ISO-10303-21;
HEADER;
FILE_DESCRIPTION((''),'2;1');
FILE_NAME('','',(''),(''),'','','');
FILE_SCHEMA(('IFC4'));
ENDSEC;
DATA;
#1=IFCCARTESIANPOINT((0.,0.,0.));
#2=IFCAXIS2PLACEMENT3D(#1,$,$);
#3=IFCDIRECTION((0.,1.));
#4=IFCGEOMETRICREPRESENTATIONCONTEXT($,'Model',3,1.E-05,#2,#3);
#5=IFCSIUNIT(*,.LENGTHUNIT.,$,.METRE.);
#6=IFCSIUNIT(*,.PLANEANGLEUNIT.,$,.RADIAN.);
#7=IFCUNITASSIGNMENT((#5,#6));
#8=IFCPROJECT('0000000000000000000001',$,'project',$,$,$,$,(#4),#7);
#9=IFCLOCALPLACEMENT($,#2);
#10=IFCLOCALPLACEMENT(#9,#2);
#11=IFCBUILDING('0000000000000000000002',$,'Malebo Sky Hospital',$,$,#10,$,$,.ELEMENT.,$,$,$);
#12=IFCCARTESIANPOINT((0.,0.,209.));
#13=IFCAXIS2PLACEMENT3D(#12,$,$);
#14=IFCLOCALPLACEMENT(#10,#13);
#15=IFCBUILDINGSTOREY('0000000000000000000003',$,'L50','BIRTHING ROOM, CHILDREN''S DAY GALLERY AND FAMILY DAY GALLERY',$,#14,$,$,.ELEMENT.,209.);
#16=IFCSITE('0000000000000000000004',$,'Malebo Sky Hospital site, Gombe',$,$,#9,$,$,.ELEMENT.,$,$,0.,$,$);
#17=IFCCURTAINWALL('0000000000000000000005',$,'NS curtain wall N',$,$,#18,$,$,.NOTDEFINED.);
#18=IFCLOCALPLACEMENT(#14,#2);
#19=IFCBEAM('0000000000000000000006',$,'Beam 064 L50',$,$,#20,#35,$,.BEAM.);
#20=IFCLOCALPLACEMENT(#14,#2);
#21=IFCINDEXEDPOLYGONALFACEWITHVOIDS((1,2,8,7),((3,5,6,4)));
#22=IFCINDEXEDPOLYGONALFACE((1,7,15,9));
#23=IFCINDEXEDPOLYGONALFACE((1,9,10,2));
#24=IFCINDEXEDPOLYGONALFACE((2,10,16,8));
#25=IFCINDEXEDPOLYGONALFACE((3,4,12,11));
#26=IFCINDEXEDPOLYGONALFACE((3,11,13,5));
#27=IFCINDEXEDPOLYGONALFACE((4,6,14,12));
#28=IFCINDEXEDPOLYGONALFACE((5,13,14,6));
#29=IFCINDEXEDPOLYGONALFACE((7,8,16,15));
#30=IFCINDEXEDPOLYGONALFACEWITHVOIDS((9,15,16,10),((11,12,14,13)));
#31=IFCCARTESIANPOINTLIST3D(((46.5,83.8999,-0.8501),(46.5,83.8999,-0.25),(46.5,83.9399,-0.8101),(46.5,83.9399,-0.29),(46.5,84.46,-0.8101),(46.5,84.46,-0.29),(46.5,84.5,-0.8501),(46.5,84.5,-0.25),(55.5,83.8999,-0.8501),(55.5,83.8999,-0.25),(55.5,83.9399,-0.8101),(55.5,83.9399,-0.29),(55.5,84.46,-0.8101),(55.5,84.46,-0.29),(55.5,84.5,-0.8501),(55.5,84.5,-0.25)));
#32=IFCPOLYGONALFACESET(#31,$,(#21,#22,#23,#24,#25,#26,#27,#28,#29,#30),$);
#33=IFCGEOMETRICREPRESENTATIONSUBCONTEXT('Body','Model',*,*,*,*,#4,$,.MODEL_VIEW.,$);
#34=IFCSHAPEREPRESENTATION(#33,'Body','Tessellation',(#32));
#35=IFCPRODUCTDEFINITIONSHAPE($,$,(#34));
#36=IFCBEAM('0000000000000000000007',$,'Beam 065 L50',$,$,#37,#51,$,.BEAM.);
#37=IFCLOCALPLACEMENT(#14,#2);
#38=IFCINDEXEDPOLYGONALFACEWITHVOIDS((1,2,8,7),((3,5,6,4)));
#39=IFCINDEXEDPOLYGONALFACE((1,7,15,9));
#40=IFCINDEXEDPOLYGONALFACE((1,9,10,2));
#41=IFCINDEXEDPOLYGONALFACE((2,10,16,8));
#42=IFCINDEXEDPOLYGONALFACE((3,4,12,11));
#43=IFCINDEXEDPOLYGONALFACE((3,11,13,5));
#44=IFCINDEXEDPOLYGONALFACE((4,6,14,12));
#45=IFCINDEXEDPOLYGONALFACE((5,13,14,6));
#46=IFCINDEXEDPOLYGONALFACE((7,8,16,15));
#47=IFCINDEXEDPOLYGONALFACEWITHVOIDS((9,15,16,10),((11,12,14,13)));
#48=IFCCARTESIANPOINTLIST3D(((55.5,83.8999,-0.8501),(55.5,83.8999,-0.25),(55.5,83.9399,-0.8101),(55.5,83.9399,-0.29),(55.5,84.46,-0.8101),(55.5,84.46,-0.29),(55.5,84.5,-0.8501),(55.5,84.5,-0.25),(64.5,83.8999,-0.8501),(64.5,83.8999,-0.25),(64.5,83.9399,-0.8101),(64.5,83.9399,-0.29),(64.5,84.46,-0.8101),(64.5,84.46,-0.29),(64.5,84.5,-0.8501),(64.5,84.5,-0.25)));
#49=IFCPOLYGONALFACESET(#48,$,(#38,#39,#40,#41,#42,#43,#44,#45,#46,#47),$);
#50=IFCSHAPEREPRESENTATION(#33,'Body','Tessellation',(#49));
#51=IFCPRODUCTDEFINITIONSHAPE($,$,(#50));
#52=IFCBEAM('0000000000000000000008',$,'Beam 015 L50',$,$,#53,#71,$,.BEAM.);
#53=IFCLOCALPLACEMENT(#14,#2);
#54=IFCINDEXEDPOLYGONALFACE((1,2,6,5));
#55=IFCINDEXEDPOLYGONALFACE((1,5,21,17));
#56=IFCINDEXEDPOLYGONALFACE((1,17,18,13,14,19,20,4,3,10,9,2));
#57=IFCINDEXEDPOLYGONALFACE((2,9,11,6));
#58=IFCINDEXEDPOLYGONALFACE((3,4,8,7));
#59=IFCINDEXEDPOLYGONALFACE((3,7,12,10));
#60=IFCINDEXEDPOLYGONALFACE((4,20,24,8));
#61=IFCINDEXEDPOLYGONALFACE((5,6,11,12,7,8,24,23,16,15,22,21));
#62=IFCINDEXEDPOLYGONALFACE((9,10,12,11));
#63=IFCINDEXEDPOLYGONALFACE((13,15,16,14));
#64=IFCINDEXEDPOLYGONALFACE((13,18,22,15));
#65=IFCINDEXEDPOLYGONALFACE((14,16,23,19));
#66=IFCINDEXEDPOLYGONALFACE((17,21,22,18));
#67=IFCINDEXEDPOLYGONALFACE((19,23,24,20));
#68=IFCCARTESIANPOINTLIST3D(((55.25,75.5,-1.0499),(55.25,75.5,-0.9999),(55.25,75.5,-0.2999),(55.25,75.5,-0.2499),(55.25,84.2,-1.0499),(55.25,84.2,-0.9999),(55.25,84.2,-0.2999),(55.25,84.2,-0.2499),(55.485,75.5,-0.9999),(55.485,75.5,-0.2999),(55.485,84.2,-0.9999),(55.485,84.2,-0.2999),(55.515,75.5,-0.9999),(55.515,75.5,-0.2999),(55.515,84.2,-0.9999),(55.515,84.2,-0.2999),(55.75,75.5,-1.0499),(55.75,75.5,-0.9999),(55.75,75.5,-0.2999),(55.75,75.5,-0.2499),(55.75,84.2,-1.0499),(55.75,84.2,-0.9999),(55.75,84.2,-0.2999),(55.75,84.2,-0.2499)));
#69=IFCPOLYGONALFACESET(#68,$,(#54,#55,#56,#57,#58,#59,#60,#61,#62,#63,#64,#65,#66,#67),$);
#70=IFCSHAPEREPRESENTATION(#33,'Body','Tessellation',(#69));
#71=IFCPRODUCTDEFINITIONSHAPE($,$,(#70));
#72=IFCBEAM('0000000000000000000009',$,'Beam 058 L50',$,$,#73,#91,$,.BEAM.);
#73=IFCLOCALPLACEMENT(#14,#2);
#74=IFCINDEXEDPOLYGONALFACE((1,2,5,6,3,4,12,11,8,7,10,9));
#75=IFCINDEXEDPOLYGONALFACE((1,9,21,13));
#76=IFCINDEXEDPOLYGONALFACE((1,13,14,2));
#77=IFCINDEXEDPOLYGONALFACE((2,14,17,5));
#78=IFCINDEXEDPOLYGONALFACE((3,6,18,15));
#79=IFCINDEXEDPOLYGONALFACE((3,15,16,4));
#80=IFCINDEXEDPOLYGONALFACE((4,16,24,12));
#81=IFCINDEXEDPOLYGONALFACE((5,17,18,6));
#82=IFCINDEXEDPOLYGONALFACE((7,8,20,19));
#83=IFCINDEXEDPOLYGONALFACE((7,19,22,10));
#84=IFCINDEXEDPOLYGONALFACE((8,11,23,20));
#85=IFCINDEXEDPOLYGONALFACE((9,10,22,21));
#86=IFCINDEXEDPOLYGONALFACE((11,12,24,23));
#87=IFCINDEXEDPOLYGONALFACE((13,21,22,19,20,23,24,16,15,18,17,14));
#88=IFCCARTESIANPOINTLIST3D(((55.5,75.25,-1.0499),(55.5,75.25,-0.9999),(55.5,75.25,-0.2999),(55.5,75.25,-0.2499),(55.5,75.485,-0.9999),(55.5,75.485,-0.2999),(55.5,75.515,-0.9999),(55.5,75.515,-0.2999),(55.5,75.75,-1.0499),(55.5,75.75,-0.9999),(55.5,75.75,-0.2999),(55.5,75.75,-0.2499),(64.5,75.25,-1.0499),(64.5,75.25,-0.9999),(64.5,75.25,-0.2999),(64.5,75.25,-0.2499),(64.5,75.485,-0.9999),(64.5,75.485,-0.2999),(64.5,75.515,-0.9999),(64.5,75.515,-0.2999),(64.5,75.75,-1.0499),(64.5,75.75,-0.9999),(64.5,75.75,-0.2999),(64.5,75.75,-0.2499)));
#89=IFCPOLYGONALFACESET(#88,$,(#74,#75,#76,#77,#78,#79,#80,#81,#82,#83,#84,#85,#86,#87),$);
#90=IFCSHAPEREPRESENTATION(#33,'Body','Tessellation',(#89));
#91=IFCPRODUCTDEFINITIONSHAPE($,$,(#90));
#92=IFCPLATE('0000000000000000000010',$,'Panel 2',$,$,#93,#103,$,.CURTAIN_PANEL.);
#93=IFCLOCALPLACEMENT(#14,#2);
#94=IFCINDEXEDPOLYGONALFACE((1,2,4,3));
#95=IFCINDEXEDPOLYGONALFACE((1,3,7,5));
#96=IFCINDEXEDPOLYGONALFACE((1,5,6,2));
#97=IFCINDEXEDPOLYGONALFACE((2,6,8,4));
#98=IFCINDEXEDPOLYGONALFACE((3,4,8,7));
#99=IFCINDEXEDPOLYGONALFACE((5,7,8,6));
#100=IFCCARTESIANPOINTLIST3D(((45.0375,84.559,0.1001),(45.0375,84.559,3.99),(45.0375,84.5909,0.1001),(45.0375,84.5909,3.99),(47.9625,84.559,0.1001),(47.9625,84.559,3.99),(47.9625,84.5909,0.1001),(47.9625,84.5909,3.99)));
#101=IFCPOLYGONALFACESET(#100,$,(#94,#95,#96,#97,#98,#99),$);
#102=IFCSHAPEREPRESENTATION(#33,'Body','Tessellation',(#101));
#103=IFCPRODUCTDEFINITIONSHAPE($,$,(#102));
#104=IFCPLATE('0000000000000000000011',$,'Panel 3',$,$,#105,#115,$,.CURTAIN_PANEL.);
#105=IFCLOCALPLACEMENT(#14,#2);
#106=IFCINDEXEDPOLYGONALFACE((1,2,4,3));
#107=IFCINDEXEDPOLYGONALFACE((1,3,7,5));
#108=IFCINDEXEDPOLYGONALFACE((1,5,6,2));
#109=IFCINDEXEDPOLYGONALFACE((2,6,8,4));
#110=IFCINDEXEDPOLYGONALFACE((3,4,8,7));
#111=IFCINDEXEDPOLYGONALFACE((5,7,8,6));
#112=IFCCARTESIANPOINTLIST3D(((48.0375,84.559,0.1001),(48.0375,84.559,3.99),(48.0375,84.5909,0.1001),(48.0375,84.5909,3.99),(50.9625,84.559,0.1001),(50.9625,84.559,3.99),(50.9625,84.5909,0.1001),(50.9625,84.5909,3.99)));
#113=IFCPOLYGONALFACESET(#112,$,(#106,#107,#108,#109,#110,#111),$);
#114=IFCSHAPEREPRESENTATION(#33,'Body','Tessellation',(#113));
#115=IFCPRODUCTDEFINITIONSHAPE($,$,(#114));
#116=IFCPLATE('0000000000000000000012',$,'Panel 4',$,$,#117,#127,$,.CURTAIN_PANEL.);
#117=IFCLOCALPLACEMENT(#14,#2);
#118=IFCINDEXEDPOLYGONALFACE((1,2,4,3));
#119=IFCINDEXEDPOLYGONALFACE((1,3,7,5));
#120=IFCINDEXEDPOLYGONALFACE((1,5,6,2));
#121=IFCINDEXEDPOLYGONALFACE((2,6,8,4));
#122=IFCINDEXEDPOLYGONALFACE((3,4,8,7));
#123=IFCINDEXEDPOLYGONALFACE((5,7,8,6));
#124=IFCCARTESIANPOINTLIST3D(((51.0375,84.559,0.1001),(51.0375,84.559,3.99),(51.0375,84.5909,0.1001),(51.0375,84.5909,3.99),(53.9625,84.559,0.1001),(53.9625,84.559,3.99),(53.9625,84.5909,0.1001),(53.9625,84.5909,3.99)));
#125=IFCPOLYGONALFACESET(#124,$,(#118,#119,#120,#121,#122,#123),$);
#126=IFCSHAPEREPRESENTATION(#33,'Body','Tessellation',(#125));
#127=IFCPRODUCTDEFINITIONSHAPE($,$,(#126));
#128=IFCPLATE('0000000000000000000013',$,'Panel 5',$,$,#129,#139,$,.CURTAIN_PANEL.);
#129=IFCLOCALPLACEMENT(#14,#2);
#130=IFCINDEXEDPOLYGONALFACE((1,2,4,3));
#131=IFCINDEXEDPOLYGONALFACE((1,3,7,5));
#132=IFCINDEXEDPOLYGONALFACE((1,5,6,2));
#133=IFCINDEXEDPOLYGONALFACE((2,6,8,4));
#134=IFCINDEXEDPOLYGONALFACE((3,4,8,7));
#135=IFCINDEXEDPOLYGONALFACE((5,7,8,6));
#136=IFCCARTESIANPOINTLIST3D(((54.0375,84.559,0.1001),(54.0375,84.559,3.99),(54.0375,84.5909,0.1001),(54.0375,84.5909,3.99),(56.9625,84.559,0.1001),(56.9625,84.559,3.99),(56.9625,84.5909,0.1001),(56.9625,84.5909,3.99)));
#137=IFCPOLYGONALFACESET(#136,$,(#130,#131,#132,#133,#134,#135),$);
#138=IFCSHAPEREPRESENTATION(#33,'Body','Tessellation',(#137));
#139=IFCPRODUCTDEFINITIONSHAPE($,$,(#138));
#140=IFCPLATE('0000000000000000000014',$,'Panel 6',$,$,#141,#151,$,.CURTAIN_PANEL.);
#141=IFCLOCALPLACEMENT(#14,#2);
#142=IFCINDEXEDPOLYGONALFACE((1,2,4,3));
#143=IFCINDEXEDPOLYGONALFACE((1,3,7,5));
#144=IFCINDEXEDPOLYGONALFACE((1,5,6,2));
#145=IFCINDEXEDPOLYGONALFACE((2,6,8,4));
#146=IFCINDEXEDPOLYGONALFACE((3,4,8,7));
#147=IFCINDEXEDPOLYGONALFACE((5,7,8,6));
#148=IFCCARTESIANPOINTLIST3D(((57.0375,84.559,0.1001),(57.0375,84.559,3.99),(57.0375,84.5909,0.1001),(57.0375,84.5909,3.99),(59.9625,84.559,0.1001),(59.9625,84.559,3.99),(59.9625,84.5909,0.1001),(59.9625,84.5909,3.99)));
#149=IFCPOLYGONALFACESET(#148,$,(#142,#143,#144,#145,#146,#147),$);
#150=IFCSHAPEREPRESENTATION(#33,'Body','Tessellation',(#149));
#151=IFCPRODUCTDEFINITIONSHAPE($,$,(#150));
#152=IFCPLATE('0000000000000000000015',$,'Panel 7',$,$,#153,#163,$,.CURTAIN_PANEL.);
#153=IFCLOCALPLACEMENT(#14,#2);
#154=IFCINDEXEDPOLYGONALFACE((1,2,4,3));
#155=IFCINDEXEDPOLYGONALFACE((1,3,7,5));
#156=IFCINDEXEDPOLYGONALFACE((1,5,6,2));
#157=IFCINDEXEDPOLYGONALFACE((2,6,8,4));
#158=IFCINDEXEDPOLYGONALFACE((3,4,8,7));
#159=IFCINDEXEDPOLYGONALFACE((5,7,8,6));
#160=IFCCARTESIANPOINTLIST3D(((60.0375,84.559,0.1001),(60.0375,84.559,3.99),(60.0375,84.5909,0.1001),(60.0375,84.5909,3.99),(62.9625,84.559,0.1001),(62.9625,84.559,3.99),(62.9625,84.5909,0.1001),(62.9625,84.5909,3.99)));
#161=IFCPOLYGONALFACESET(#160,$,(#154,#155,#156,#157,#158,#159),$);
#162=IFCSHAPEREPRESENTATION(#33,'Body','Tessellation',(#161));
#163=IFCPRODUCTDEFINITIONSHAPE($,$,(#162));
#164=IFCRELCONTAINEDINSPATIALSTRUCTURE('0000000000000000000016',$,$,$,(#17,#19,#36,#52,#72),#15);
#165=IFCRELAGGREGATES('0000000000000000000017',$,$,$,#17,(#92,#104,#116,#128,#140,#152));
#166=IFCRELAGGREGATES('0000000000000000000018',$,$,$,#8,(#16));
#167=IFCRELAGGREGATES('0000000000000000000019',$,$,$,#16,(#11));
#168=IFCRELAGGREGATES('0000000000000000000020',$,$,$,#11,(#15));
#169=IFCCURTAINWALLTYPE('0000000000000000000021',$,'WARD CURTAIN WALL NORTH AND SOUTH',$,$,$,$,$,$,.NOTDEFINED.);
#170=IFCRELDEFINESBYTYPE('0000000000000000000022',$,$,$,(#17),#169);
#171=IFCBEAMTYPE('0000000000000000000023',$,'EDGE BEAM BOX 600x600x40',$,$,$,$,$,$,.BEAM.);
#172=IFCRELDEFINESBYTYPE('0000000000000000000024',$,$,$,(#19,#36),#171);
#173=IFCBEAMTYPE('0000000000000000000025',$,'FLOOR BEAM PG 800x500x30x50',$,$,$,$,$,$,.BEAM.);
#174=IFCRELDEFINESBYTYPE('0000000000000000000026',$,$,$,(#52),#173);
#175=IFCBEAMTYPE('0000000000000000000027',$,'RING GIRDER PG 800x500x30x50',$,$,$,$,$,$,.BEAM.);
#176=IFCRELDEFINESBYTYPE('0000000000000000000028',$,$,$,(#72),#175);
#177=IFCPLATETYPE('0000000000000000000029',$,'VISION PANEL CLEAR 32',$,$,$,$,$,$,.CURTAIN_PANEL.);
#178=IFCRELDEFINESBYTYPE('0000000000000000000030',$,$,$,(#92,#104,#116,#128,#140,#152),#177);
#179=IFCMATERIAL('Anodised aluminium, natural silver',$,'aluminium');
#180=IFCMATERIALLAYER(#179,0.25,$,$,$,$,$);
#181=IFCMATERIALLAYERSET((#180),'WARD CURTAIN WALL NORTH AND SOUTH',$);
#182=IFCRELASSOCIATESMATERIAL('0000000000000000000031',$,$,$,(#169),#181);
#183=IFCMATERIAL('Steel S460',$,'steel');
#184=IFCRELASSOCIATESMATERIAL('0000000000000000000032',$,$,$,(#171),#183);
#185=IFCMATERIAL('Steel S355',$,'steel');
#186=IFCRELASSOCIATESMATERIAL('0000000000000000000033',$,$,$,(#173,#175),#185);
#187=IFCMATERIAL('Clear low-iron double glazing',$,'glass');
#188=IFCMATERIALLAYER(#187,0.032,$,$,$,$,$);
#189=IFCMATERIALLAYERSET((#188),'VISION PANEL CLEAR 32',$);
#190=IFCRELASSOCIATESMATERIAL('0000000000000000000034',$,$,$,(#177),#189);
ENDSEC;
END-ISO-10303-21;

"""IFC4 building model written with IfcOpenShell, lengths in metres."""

from ifc_helpers import new_model, si_unit, direction, frame, origin, origin_2d, place, context, subcontext, project, spatial, rectangle, hollow_rectangle, i_section, extrude, material, layer, layer_set, material_profile, profile_set, type_object, element, aggregate, save


model = new_model("IFC4")

# Units and contexts
model_context = context("Model", 3, precision=1e-05, world=origin(), true_north=direction((0.0, 1.0)))
body_context = subcontext(model_context, "Body", "Model", "MODEL_VIEW")
ifc_project = project(units=[si_unit("LENGTHUNIT", "METRE"), si_unit("PLANEANGLEUNIT", "RADIAN")], contexts=[model_context])

# Site, building, storey
site_placement = place(None, origin())
site = spatial("IfcSite", under=ifc_project, at=site_placement, Name="Malebo Sky Hospital site, Gombe", CompositionType="ELEMENT", RefElevation=0.0)
building_placement = place(site_placement, origin())
building = spatial("IfcBuilding", under=site, at=building_placement, Name="Malebo Sky Hospital", CompositionType="ELEMENT")
storey_placement = place(building_placement, frame((0.0, 0.0, 209.0)))
storey = spatial("IfcBuildingStorey", under=building, at=storey_placement, Name="L50", Description="BIRTHING ROOM, CHILDREN'S DAY GALLERY AND FAMILY DAY GALLERY", CompositionType="ELEMENT", Elevation=209.0)

# Shared definitions
ifc_material_1 = material(Name="Steel S460", Category="steel")

# Curtain wall
ifc_material_2 = material(Name="Anodised aluminium, natural silver", Category="aluminium")
ifc_layer_1 = layer(ifc_material_2, 0.25)
ifc_layer_set_1 = layer_set([ifc_layer_1], Name="WARD CURTAIN WALL NORTH AND SOUTH")
curtain_wall_type = type_object("IfcCurtainWallType", Name="WARD CURTAIN WALL NORTH AND SOUTH", PredefinedType="NOTDEFINED", material=ifc_layer_set_1)
curtain_wall_placement = place(storey_placement, origin())
curtain_wall = element("IfcCurtainWall", 1, at=curtain_wall_placement, inside=storey, type_object=curtain_wall_type, Name="NS curtain wall N", PredefinedType="NOTDEFINED")

# Beams
ifc_material_profile_1 = material_profile(ifc_material_1, hollow_rectangle(XDim=0.6001, YDim=0.6001, WallThickness=0.04, at=origin_2d()), Name="BOX 600x600x40")
ifc_profile_set_1 = profile_set([ifc_material_profile_1], Name="Steel S460")
beam_type_1 = type_object("IfcBeamType", Name="EDGE BEAM BOX 600x600x40", PredefinedType="BEAM", material=ifc_profile_set_1)
for number, where, z_axis, x_axis, name in (
    (2, (46.5, 84.2, -0.55), (1.0, 0.0, 0.0), (0.0, 1.0, 0.0), "Beam 064 L50"),
    (3, (55.5, 84.2, -0.55), (1.0, 0.0, 0.0), (0.0, 1.0, 0.0), "Beam 065 L50"),
):
    element("IfcBeam", number, at=place(storey_placement, frame(where, z_axis=z_axis, x_axis=x_axis)), inside=storey, type_object=beam_type_1, Name=name, PredefinedType="BEAM", context=body_context, shape_type="SweptSolid", body=[
        extrude(hollow_rectangle(XDim=0.6001, YDim=0.6001, WallThickness=0.04, at=origin_2d()), origin(), (0.0, 0.0, 1.0), 9.0),
    ])
ifc_material_3 = material(Name="Steel S355", Category="steel")
ifc_material_profile_2 = material_profile(ifc_material_3, i_section(OverallWidth=0.5, OverallDepth=0.8, WebThickness=0.03, FlangeThickness=0.05, at=origin_2d()), Name="PG 800x500x30x50")
ifc_profile_set_2 = profile_set([ifc_material_profile_2], Name="Steel S355")
beam_type_2 = type_object("IfcBeamType", Name="FLOOR BEAM PG 800x500x30x50", PredefinedType="BEAM", material=ifc_profile_set_2)
beam_1_placement = place(storey_placement, frame((55.5, 75.5, -0.6499), z_axis=(0.0, 1.0, 0.0), x_axis=(-1.0, 0.0, 0.0)))
element("IfcBeam", 4, at=beam_1_placement, inside=storey, type_object=beam_type_2, Name="Beam 015 L50", PredefinedType="BEAM", context=body_context, shape_type="SweptSolid", body=[
    extrude(i_section(OverallWidth=0.5, OverallDepth=0.8, WebThickness=0.03, FlangeThickness=0.05, at=origin_2d()), origin(), (0.0, 0.0, 1.0), 8.7),
])
ifc_material_profile_3 = material_profile(ifc_material_3, i_section(OverallWidth=0.5, OverallDepth=0.8, WebThickness=0.03, FlangeThickness=0.05, at=origin_2d()), Name="PG 800x500x30x50")
ifc_profile_set_3 = profile_set([ifc_material_profile_3], Name="Steel S355")
beam_type_3 = type_object("IfcBeamType", Name="RING GIRDER PG 800x500x30x50", PredefinedType="BEAM", material=ifc_profile_set_3)
beam_2_placement = place(storey_placement, frame((55.5, 75.5, -0.6499), z_axis=(1.0, 0.0, 0.0), x_axis=(0.0, 1.0, 0.0)))
element("IfcBeam", 5, at=beam_2_placement, inside=storey, type_object=beam_type_3, Name="Beam 058 L50", PredefinedType="BEAM", context=body_context, shape_type="SweptSolid", body=[
    extrude(i_section(OverallWidth=0.5, OverallDepth=0.8, WebThickness=0.03, FlangeThickness=0.05, at=origin_2d()), origin(), (0.0, 0.0, 1.0), 9.0),
])

# Plates
ifc_material_4 = material(Name="Clear low-iron double glazing", Category="glass")
ifc_layer_2 = layer(ifc_material_4, 0.032)
ifc_layer_set_2 = layer_set([ifc_layer_2], Name="VISION PANEL CLEAR 32")
plate_type = type_object("IfcPlateType", Name="VISION PANEL CLEAR 32", PredefinedType="CURTAIN_PANEL", material=ifc_layer_set_2)
plate_1_placement = place(storey_placement, frame((46.5, 84.575, 0.1001), z_axis=(0.0, 0.0, 1.0), x_axis=(1.0, 0.0, 0.0)))
plate_1 = element("IfcPlate", 6, at=plate_1_placement, type_object=plate_type, Name="Panel 2", PredefinedType="CURTAIN_PANEL", context=body_context, shape_type="SweptSolid", body=[
    extrude(rectangle(XDim=2.925, YDim=0.032, at=origin_2d()), origin(), (0.0, 0.0, 1.0), 3.8899),
])
plate_2_placement = place(storey_placement, frame((49.5, 84.575, 0.1001), z_axis=(0.0, 0.0, 1.0), x_axis=(1.0, 0.0, 0.0)))
plate_2 = element("IfcPlate", 7, at=plate_2_placement, type_object=plate_type, Name="Panel 3", PredefinedType="CURTAIN_PANEL", context=body_context, shape_type="SweptSolid", body=[
    extrude(rectangle(XDim=2.925, YDim=0.032, at=origin_2d()), origin(), (0.0, 0.0, 1.0), 3.8899),
])
plate_3_placement = place(storey_placement, frame((52.5, 84.575, 0.1001), z_axis=(0.0, 0.0, 1.0), x_axis=(1.0, 0.0, 0.0)))
plate_3 = element("IfcPlate", 8, at=plate_3_placement, type_object=plate_type, Name="Panel 4", PredefinedType="CURTAIN_PANEL", context=body_context, shape_type="SweptSolid", body=[
    extrude(rectangle(XDim=2.925, YDim=0.032, at=origin_2d()), origin(), (0.0, 0.0, 1.0), 3.8899),
])
plate_4_placement = place(storey_placement, frame((55.5, 84.575, 0.1001), z_axis=(0.0, 0.0, 1.0), x_axis=(1.0, 0.0, 0.0)))
plate_4 = element("IfcPlate", 9, at=plate_4_placement, type_object=plate_type, Name="Panel 5", PredefinedType="CURTAIN_PANEL", context=body_context, shape_type="SweptSolid", body=[
    extrude(rectangle(XDim=2.925, YDim=0.032, at=origin_2d()), origin(), (0.0, 0.0, 1.0), 3.8899),
])
plate_5_placement = place(storey_placement, frame((58.5, 84.575, 0.1001), z_axis=(0.0, 0.0, 1.0), x_axis=(1.0, 0.0, 0.0)))
plate_5 = element("IfcPlate", 10, at=plate_5_placement, type_object=plate_type, Name="Panel 6", PredefinedType="CURTAIN_PANEL", context=body_context, shape_type="SweptSolid", body=[
    extrude(rectangle(XDim=2.925, YDim=0.032, at=origin_2d()), origin(), (0.0, 0.0, 1.0), 3.8899),
])
plate_6_placement = place(storey_placement, frame((61.5, 84.575, 0.1001), z_axis=(0.0, 0.0, 1.0), x_axis=(1.0, 0.0, 0.0)))
plate_6 = element("IfcPlate", 11, at=plate_6_placement, type_object=plate_type, Name="Panel 7", PredefinedType="CURTAIN_PANEL", context=body_context, shape_type="SweptSolid", body=[
    extrude(rectangle(XDim=2.925, YDim=0.032, at=origin_2d()), origin(), (0.0, 0.0, 1.0), 3.8899),
])
aggregate(curtain_wall, [plate_1, plate_2, plate_3, plate_4, plate_5, plate_6])

save(model, "model.ifc")
